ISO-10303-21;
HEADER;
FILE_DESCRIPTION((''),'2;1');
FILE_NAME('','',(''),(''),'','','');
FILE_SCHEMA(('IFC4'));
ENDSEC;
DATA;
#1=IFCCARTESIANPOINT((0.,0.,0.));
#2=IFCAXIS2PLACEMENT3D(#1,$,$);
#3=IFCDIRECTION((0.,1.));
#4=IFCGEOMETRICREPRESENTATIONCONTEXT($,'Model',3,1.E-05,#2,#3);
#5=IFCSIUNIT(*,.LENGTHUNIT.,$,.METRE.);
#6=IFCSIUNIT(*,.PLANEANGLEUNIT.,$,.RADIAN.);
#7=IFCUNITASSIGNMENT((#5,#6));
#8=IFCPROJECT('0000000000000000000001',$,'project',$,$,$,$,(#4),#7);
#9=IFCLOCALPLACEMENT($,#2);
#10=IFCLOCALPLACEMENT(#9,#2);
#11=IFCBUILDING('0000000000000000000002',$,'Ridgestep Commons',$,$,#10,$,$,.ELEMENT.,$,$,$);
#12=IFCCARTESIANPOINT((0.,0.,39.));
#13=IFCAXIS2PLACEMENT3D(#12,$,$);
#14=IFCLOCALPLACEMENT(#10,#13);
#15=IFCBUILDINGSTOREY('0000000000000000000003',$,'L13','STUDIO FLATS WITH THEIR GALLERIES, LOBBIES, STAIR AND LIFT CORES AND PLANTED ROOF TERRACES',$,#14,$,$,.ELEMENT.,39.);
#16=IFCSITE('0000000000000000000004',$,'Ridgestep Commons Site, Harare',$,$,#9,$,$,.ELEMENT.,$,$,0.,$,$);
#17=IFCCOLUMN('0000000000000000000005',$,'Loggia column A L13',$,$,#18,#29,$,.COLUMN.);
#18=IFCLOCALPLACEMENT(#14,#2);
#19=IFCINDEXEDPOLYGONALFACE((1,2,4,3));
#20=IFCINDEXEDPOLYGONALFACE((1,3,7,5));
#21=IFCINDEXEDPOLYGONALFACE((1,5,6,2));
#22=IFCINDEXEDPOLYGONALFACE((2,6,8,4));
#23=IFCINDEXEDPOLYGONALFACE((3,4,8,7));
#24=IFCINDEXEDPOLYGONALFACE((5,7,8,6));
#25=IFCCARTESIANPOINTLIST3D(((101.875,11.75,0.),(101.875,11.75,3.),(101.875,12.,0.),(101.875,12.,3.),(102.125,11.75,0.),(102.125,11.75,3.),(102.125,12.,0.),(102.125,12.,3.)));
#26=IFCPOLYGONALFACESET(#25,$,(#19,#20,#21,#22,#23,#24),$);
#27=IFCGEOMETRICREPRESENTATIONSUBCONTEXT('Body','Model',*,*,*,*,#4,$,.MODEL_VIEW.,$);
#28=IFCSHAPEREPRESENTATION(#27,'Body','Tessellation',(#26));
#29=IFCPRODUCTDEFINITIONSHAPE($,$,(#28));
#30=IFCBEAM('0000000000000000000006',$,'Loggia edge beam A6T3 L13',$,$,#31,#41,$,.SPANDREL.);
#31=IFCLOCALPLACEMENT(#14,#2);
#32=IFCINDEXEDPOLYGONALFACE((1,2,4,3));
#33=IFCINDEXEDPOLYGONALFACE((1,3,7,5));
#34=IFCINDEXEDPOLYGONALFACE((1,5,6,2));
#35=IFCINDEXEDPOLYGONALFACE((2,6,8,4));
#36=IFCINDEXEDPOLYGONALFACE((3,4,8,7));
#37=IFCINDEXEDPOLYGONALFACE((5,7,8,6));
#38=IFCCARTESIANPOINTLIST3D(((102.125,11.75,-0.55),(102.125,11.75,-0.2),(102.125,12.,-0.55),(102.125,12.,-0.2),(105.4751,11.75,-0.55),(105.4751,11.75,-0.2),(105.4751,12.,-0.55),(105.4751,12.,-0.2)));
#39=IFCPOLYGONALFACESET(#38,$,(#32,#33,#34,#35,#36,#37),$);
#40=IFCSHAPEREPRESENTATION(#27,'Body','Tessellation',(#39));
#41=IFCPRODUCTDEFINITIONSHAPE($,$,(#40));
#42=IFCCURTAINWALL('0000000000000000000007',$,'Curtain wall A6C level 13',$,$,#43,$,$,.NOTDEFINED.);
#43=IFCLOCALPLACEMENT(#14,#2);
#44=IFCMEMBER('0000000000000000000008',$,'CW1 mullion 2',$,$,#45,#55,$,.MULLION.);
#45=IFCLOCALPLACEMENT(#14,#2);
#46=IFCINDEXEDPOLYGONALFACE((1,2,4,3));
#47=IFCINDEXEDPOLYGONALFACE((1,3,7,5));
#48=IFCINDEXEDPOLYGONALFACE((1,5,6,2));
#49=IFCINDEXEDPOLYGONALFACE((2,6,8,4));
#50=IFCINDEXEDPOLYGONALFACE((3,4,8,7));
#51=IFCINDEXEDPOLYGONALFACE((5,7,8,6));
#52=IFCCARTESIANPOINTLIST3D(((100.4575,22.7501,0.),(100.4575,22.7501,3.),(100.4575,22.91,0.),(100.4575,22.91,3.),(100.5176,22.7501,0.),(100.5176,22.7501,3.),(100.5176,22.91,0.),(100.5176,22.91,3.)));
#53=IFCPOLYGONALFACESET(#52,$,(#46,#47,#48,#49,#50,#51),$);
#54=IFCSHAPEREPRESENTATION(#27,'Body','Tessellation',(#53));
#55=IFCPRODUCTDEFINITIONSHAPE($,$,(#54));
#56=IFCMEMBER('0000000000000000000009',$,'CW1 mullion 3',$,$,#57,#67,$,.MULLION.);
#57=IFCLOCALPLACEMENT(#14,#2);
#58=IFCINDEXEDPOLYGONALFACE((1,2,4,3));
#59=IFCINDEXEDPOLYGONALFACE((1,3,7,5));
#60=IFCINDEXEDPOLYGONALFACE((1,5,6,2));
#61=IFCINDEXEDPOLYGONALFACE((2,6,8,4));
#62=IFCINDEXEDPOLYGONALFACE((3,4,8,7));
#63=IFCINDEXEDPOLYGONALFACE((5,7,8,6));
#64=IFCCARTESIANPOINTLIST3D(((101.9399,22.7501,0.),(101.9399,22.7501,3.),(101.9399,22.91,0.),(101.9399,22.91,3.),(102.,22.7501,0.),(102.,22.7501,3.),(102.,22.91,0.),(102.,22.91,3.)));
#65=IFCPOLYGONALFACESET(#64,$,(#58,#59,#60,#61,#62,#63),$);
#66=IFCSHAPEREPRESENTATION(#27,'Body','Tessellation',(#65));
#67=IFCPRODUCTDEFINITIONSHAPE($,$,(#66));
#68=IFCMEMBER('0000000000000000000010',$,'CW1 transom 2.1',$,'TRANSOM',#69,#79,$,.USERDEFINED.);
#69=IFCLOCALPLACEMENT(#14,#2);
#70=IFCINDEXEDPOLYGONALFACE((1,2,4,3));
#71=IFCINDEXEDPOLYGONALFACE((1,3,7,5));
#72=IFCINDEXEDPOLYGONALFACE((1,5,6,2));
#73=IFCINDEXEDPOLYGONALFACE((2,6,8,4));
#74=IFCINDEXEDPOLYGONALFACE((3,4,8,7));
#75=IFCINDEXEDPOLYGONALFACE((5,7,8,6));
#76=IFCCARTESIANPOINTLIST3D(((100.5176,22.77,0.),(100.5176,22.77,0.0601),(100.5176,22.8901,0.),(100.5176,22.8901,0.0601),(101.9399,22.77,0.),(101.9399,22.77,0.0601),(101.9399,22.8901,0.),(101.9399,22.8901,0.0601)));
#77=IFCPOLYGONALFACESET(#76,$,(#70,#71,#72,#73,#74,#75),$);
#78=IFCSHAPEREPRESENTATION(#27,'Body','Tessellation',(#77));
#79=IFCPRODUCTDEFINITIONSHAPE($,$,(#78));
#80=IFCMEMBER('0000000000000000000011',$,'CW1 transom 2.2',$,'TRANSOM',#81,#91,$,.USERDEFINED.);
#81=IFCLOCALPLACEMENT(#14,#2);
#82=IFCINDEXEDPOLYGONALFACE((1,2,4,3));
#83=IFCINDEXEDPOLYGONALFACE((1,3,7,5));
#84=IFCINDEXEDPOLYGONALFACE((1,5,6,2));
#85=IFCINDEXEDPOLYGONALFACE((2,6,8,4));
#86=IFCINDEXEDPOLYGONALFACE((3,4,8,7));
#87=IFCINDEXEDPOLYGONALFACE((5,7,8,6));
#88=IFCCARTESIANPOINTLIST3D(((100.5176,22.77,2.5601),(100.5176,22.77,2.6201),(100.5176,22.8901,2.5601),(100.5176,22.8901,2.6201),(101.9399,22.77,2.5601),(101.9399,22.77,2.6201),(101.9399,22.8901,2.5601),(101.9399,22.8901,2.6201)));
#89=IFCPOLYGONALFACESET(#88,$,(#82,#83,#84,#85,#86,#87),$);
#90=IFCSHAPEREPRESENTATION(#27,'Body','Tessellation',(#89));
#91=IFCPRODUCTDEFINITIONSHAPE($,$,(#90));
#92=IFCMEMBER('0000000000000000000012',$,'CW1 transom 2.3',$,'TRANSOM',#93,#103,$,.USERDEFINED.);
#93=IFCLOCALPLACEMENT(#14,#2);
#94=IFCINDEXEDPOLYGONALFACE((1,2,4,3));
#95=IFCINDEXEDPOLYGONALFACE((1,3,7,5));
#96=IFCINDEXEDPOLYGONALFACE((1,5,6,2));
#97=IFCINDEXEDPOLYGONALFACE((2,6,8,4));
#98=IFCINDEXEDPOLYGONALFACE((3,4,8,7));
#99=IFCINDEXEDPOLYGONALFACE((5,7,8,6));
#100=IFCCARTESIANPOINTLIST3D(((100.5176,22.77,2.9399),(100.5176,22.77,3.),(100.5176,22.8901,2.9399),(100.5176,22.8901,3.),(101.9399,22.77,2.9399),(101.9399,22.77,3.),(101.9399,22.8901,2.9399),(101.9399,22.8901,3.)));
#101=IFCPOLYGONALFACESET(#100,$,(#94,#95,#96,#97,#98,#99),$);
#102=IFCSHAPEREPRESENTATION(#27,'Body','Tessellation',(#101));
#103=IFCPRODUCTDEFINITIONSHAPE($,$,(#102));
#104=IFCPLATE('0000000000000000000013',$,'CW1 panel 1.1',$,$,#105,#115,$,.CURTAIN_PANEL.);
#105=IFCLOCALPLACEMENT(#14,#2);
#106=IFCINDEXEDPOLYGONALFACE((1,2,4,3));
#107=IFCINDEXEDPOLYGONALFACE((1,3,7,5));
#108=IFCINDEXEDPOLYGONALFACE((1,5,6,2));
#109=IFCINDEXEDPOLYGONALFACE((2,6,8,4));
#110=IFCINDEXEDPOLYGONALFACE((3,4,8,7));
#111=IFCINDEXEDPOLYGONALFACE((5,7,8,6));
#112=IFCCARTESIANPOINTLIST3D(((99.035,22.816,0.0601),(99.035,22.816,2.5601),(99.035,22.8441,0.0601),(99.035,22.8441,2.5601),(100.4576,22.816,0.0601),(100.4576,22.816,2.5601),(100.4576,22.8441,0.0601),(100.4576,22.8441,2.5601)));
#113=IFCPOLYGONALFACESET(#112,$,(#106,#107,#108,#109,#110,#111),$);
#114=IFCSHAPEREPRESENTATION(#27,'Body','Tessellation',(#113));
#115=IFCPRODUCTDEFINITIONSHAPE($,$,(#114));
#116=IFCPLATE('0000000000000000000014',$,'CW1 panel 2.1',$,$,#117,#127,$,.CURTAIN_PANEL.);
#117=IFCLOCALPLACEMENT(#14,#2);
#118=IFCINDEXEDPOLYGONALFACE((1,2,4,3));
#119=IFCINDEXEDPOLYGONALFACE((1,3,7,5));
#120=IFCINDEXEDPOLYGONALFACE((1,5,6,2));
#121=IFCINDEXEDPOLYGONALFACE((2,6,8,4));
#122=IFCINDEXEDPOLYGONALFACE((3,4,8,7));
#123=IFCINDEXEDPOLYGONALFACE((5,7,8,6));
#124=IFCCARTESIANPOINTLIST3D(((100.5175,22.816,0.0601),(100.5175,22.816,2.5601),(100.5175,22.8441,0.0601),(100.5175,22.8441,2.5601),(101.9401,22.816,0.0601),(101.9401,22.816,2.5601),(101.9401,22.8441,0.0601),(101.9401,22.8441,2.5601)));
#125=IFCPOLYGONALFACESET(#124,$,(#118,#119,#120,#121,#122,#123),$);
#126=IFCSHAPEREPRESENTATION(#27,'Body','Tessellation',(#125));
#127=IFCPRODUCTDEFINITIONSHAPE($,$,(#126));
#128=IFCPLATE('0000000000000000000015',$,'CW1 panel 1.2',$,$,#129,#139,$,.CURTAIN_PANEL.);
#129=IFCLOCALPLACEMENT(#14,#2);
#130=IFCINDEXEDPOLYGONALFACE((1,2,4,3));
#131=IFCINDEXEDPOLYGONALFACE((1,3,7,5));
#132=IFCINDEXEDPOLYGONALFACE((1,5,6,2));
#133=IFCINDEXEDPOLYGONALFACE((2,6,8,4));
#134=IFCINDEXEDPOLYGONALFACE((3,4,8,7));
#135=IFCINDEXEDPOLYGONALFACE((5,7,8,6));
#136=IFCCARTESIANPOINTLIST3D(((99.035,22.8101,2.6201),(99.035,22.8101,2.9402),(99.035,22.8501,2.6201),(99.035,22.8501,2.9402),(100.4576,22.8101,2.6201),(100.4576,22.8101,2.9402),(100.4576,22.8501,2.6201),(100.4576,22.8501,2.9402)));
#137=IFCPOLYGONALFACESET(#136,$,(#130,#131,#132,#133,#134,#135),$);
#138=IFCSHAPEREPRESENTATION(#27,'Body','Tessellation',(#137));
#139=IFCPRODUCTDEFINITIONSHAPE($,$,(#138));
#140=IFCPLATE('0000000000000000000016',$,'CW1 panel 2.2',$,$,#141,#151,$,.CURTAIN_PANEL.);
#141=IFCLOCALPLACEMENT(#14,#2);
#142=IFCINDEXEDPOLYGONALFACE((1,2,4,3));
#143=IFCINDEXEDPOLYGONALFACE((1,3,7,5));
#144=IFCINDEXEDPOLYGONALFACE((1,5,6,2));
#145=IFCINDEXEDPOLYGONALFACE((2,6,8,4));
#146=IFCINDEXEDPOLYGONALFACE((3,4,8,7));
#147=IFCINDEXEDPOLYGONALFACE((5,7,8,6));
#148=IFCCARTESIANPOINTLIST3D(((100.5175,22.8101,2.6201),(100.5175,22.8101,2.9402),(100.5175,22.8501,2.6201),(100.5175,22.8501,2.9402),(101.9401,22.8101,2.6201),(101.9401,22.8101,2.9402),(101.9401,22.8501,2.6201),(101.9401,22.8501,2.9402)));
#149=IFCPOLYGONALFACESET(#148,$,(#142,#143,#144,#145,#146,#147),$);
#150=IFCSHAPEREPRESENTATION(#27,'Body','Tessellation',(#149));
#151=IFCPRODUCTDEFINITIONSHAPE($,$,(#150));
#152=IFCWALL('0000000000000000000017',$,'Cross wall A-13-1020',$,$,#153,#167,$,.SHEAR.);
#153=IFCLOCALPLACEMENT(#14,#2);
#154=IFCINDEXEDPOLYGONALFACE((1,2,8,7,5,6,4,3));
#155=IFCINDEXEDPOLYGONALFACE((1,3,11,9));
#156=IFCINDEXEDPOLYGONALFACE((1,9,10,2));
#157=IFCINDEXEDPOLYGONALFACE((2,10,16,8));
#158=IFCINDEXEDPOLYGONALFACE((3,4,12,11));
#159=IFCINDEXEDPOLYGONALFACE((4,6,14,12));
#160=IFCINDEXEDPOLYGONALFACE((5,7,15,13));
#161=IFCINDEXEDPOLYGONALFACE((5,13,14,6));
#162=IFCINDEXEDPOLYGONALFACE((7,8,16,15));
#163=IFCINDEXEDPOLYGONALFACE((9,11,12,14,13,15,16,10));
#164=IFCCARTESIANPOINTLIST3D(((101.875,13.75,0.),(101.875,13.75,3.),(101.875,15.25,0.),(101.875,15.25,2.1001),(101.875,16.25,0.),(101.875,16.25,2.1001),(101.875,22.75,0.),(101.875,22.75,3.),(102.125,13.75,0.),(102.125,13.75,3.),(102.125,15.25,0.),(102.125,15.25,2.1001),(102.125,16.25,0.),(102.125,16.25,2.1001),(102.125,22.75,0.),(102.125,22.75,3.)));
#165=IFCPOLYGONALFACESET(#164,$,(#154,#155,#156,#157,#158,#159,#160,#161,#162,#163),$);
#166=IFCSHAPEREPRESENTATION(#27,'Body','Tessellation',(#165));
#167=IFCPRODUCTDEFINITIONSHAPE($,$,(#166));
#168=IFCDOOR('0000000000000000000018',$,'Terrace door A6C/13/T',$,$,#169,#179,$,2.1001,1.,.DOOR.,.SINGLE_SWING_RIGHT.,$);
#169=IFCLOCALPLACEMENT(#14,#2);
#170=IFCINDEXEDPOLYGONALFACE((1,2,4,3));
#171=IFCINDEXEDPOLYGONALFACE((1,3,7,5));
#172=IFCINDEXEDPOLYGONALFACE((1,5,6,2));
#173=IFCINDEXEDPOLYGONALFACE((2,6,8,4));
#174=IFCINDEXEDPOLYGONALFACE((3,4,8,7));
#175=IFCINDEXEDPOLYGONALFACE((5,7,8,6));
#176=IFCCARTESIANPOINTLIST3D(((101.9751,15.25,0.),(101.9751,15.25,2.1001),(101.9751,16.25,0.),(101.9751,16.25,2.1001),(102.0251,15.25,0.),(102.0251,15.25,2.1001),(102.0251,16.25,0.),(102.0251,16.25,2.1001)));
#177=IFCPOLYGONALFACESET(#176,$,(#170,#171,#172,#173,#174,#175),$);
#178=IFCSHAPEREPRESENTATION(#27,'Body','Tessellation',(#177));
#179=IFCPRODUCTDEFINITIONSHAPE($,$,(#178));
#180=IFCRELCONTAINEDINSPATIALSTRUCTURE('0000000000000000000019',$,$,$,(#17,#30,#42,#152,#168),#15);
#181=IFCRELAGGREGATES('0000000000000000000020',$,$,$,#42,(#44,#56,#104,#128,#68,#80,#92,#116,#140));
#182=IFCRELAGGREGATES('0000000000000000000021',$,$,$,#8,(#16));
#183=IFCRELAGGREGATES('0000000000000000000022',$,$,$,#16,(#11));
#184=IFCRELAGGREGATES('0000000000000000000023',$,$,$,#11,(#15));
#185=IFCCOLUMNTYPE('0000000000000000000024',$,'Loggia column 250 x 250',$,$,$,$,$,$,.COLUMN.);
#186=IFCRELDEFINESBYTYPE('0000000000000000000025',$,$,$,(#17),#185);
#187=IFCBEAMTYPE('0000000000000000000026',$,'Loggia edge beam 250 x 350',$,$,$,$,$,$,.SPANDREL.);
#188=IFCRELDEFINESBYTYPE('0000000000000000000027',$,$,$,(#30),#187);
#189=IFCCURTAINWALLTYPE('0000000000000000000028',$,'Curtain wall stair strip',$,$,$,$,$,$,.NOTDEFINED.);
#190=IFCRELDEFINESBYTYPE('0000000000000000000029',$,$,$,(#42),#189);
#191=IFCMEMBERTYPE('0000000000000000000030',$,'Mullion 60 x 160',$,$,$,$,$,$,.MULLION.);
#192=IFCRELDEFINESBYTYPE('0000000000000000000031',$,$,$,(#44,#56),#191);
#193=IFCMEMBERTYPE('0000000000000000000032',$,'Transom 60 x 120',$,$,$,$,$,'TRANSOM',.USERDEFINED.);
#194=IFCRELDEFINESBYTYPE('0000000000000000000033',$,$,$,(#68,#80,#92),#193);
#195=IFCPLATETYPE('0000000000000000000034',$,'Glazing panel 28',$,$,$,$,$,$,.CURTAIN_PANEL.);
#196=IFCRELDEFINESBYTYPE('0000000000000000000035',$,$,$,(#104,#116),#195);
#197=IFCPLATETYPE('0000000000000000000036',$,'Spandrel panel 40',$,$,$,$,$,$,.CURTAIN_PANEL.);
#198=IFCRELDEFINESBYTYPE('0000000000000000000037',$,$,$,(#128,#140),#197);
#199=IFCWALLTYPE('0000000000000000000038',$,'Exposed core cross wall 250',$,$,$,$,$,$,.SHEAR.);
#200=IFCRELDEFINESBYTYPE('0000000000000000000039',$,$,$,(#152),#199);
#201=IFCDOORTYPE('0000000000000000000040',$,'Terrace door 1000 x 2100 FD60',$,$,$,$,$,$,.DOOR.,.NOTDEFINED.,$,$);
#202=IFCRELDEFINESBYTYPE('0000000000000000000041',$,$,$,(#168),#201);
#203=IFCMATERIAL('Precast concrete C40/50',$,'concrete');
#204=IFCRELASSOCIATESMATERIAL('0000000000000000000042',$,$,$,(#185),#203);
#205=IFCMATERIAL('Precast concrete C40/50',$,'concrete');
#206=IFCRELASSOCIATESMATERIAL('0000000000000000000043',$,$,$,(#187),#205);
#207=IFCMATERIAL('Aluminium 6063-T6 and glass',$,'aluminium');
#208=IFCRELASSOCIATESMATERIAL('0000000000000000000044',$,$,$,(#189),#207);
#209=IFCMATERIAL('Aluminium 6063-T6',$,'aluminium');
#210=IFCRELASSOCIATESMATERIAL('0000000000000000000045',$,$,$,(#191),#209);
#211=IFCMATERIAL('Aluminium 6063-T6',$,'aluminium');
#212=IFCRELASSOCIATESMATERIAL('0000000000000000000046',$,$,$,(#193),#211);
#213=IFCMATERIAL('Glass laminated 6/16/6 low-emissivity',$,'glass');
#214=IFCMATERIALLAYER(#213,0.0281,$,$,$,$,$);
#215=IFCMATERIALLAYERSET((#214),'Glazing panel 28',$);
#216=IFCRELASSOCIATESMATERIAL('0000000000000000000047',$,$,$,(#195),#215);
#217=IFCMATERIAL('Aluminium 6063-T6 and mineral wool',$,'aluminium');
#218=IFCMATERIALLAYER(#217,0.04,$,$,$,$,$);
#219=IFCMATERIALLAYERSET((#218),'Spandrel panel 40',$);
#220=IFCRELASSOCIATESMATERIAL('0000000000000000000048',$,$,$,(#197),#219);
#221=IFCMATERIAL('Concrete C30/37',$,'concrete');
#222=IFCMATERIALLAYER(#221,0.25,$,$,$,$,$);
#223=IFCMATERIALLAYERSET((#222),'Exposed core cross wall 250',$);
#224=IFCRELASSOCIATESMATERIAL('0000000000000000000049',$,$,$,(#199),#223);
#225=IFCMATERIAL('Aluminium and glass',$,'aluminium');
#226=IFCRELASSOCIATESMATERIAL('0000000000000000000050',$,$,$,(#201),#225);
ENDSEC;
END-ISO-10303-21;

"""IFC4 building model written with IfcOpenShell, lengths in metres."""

from ifc_helpers import new_model, si_unit, direction, frame, frame_2d, origin, origin_2d, place, context, subcontext, project, spatial, rectangle, extrude, material, layer, layer_set, material_profile, profile_set, type_object, element, fill, aggregate, save


model = new_model("IFC4")

# Units and contexts
model_context = context("Model", 3, precision=1e-05, world=origin(), true_north=direction((0.0, 1.0)))
body_context = subcontext(model_context, "Body", "Model", "MODEL_VIEW")
ifc_project = project(units=[si_unit("LENGTHUNIT", "METRE"), si_unit("PLANEANGLEUNIT", "RADIAN")], contexts=[model_context])

# Site, building, storey
site_placement = place(None, origin())
site = spatial("IfcSite", under=ifc_project, at=site_placement, Name="Ridgestep Commons Site, Harare", CompositionType="ELEMENT", RefElevation=0.0)
building_placement = place(site_placement, origin())
building = spatial("IfcBuilding", under=site, at=building_placement, Name="Ridgestep Commons", CompositionType="ELEMENT")
storey_placement = place(building_placement, frame((0.0, 0.0, 39.0)))
storey = spatial("IfcBuildingStorey", under=building, at=storey_placement, Name="L13", Description="STUDIO FLATS WITH THEIR GALLERIES, LOBBIES, STAIR AND LIFT CORES AND PLANTED ROOF TERRACES", CompositionType="ELEMENT", Elevation=39.0)

# Column
ifc_material_1 = material(Name="Precast concrete C40/50", Category="concrete")
ifc_material_profile_1 = material_profile(ifc_material_1, rectangle(XDim=0.25, YDim=0.25, at=origin_2d()), Name="PC 250x250")
ifc_profile_set_1 = profile_set([ifc_material_profile_1], Name="Precast concrete C40/50")
column_type = type_object("IfcColumnType", Name="Loggia column 250 x 250", PredefinedType="COLUMN", material=ifc_profile_set_1)
column_placement = place(storey_placement, frame((102.0, 11.875, 0.0), z_axis=(0.0, 0.0, 1.0), x_axis=(1.0, 0.0, 0.0)))
element("IfcColumn", 1, at=column_placement, inside=storey, type_object=column_type, Name="Loggia column A L13", PredefinedType="COLUMN", context=body_context, shape_type="SweptSolid", body=[
    extrude(rectangle(XDim=0.25, YDim=0.25, at=origin_2d()), origin(), (0.0, 0.0, 1.0), 3.0),
])

# Beam
ifc_material_2 = material(Name="Precast concrete C40/50", Category="concrete")
ifc_material_profile_2 = material_profile(ifc_material_2, rectangle(XDim=0.25, YDim=0.3501, at=origin_2d()), Name="PC 250x350")
ifc_profile_set_2 = profile_set([ifc_material_profile_2], Name="Precast concrete C40/50")
beam_type = type_object("IfcBeamType", Name="Loggia edge beam 250 x 350", PredefinedType="SPANDREL", material=ifc_profile_set_2)
beam_placement = place(storey_placement, frame((102.125, 11.875, -0.375), z_axis=(1.0, 0.0, 0.0), x_axis=(0.0, 1.0, 0.0)))
element("IfcBeam", 2, at=beam_placement, inside=storey, type_object=beam_type, Name="Loggia edge beam A6T3 L13", PredefinedType="SPANDREL", context=body_context, shape_type="SweptSolid", body=[
    extrude(rectangle(XDim=0.25, YDim=0.3501, at=origin_2d()), origin(), (0.0, 0.0, 1.0), 3.3501),
])

# Curtain wall, members, plates
ifc_material_3 = material(Name="Aluminium 6063-T6 and glass", Category="aluminium")
curtain_wall_type = type_object("IfcCurtainWallType", Name="Curtain wall stair strip", PredefinedType="NOTDEFINED", material=ifc_material_3)
curtain_wall_placement = place(storey_placement, origin())
curtain_wall = element("IfcCurtainWall", 3, at=curtain_wall_placement, inside=storey, type_object=curtain_wall_type, Name="Curtain wall A6C level 13", PredefinedType="NOTDEFINED")
ifc_material_4 = material(Name="Aluminium 6063-T6", Category="aluminium")
ifc_material_profile_3 = material_profile(ifc_material_4, rectangle(XDim=0.1599, YDim=0.0601, at=origin_2d()), Name="Mullion 60 x 160")
ifc_profile_set_3 = profile_set([ifc_material_profile_3], Name="Aluminium 6063-T6")
member_type_1 = type_object("IfcMemberType", Name="Mullion 60 x 160", PredefinedType="MULLION", material=ifc_profile_set_3)
member_1_placement = place(storey_placement, frame((100.4875, 22.8301, 0.0), z_axis=(0.0, 0.0, 1.0), x_axis=(0.0, 1.0, 0.0)))
member_1 = element("IfcMember", 4, at=member_1_placement, type_object=member_type_1, Name="CW1 mullion 2", PredefinedType="MULLION", context=body_context, shape_type="SweptSolid", body=[
    extrude(rectangle(XDim=0.1599, YDim=0.0601, at=origin_2d()), origin(), (0.0, 0.0, 1.0), 3.0),
])
member_2_placement = place(storey_placement, frame((101.97, 22.8301, 0.0), z_axis=(0.0, 0.0, 1.0), x_axis=(0.0, 1.0, 0.0)))
member_2 = element("IfcMember", 5, at=member_2_placement, type_object=member_type_1, Name="CW1 mullion 3", PredefinedType="MULLION", context=body_context, shape_type="SweptSolid", body=[
    extrude(rectangle(XDim=0.1599, YDim=0.0601, at=origin_2d()), origin(), (0.0, 0.0, 1.0), 3.0),
])
ifc_material_5 = material(Name="Aluminium 6063-T6", Category="aluminium")
ifc_material_profile_4 = material_profile(ifc_material_5, rectangle(XDim=0.1201, YDim=0.0601, at=origin_2d()), Name="Transom 60 x 120")
ifc_profile_set_4 = profile_set([ifc_material_profile_4], Name="Aluminium 6063-T6")
member_type_2 = type_object("IfcMemberType", Name="Transom 60 x 120", ElementType="TRANSOM", PredefinedType="USERDEFINED", material=ifc_profile_set_4)
member_3_placement = place(storey_placement, frame((100.5176, 22.8301, 0.03), z_axis=(1.0, 0.0, 0.0), x_axis=(0.0, 1.0, 0.0)))
member_3 = element("IfcMember", 6, at=member_3_placement, type_object=member_type_2, Name="CW1 transom 2.1", ObjectType="TRANSOM", PredefinedType="USERDEFINED", context=body_context, shape_type="SweptSolid", body=[
    extrude(rectangle(XDim=0.1201, YDim=0.0601, at=origin_2d()), origin(), (0.0, 0.0, 1.0), 1.4224),
])
member_4_placement = place(storey_placement, frame((100.5176, 22.8301, 2.5901), z_axis=(1.0, 0.0, 0.0), x_axis=(0.0, 1.0, 0.0)))
member_4 = element("IfcMember", 7, at=member_4_placement, type_object=member_type_2, Name="CW1 transom 2.2", ObjectType="TRANSOM", PredefinedType="USERDEFINED", context=body_context, shape_type="SweptSolid", body=[
    extrude(rectangle(XDim=0.1201, YDim=0.0601, at=origin_2d()), origin(), (0.0, 0.0, 1.0), 1.4224),
])
member_5_placement = place(storey_placement, frame((100.5176, 22.8301, 2.97), z_axis=(1.0, 0.0, 0.0), x_axis=(0.0, 1.0, 0.0)))
member_5 = element("IfcMember", 8, at=member_5_placement, type_object=member_type_2, Name="CW1 transom 2.3", ObjectType="TRANSOM", PredefinedType="USERDEFINED", context=body_context, shape_type="SweptSolid", body=[
    extrude(rectangle(XDim=0.1201, YDim=0.0601, at=origin_2d()), origin(), (0.0, 0.0, 1.0), 1.4224),
])
ifc_material_6 = material(Name="Glass laminated 6/16/6 low-emissivity", Category="glass")
ifc_layer_1 = layer(ifc_material_6, 0.0281)
ifc_layer_set_1 = layer_set([ifc_layer_1], Name="Glazing panel 28")
plate_type_1 = type_object("IfcPlateType", Name="Glazing panel 28", PredefinedType="CURTAIN_PANEL", material=ifc_layer_set_1)
plate_1_placement = place(storey_placement, frame((99.7463, 22.8301, 0.0601), z_axis=(0.0, 0.0, 1.0), x_axis=(1.0, 0.0, 0.0)))
plate_1 = element("IfcPlate", 9, at=plate_1_placement, type_object=plate_type_1, Name="CW1 panel 1.1", PredefinedType="CURTAIN_PANEL", context=body_context, shape_type="SweptSolid", body=[
    extrude(rectangle(XDim=1.4226, YDim=0.0281, at=origin_2d()), origin(), (0.0, 0.0, 1.0), 2.5),
])
plate_2_placement = place(storey_placement, frame((101.2288, 22.8301, 0.0601), z_axis=(0.0, 0.0, 1.0), x_axis=(1.0, 0.0, 0.0)))
plate_2 = element("IfcPlate", 10, at=plate_2_placement, type_object=plate_type_1, Name="CW1 panel 2.1", PredefinedType="CURTAIN_PANEL", context=body_context, shape_type="SweptSolid", body=[
    extrude(rectangle(XDim=1.4226, YDim=0.0281, at=origin_2d()), origin(), (0.0, 0.0, 1.0), 2.5),
])
ifc_material_7 = material(Name="Aluminium 6063-T6 and mineral wool", Category="aluminium")
ifc_layer_2 = layer(ifc_material_7, 0.04)
ifc_layer_set_2 = layer_set([ifc_layer_2], Name="Spandrel panel 40")
plate_type_2 = type_object("IfcPlateType", Name="Spandrel panel 40", PredefinedType="CURTAIN_PANEL", material=ifc_layer_set_2)
plate_3_placement = place(storey_placement, frame((99.7463, 22.8301, 2.6201), z_axis=(0.0, 0.0, 1.0), x_axis=(1.0, 0.0, 0.0)))
plate_3 = element("IfcPlate", 11, at=plate_3_placement, type_object=plate_type_2, Name="CW1 panel 1.2", PredefinedType="CURTAIN_PANEL", context=body_context, shape_type="SweptSolid", body=[
    extrude(rectangle(XDim=1.4226, YDim=0.04, at=origin_2d()), origin(), (0.0, 0.0, 1.0), 0.3201),
])
plate_4_placement = place(storey_placement, frame((101.2288, 22.8301, 2.6201), z_axis=(0.0, 0.0, 1.0), x_axis=(1.0, 0.0, 0.0)))
plate_4 = element("IfcPlate", 12, at=plate_4_placement, type_object=plate_type_2, Name="CW1 panel 2.2", PredefinedType="CURTAIN_PANEL", context=body_context, shape_type="SweptSolid", body=[
    extrude(rectangle(XDim=1.4226, YDim=0.04, at=origin_2d()), origin(), (0.0, 0.0, 1.0), 0.3201),
])
aggregate(curtain_wall, [member_1, member_2, plate_1, plate_3, member_3, member_4, member_5, plate_2, plate_4])

# Wall, opening, door
ifc_material_8 = material(Name="Concrete C30/37", Category="concrete")
ifc_layer_3 = layer(ifc_material_8, 0.25)
ifc_layer_set_3 = layer_set([ifc_layer_3], Name="Exposed core cross wall 250")
wall_type_1 = type_object("IfcWallType", Name="Exposed core cross wall 250", PredefinedType="SHEAR", material=ifc_layer_set_3)
wall_1_placement = place(storey_placement, frame((102.0, 13.75, 0.0), z_axis=(0.0, 0.0, 1.0), x_axis=(0.0, 1.0, 0.0)))
wall_1 = element("IfcWall", 13, at=wall_1_placement, inside=storey, type_object=wall_type_1, Name="Cross wall A-13-1020", PredefinedType="SHEAR", context=body_context, shape_type="SweptSolid", body=[
    extrude(rectangle(XDim=9.0, YDim=0.25, at=frame_2d((4.5, 0.0))), origin(), (0.0, 0.0, 1.0), 3.0),
])
opening_placement = place(wall_1_placement, frame((1.5, 0.0, 0.0)))
opening = element("IfcOpeningElement", 14, at=opening_placement, cuts=wall_1, PredefinedType="OPENING", context=body_context, shape_type="SweptSolid", body=[
    extrude(rectangle(XDim=1.0, YDim=2.1001, at=frame_2d((0.5, 1.05))), frame((0.0, 0.135, 0.0), z_axis=(0.0, -1.0, 0.0), x_axis=(1.0, 0.0, 0.0)), (0.0, 0.0, 1.0), 0.27),
])
ifc_material_9 = material(Name="Aluminium and glass", Category="aluminium")
door_type = type_object("IfcDoorType", Name="Terrace door 1000 x 2100 FD60", OperationType="NOTDEFINED", PredefinedType="DOOR", material=ifc_material_9)
door_placement = place(opening_placement, origin())
door = element("IfcDoor", 15, at=door_placement, inside=storey, type_object=door_type, Name="Terrace door A6C/13/T", OperationType="SINGLE_SWING_RIGHT", OverallHeight=2.1001, OverallWidth=1.0, PredefinedType="DOOR", context=body_context, shape_type="SweptSolid", body=[
    extrude(rectangle(XDim=1.0, YDim=2.1001, at=frame_2d((0.5, 1.05))), frame((0.0, 0.0249, 0.0), z_axis=(0.0, -1.0, 0.0), x_axis=(1.0, 0.0, 0.0)), (0.0, 0.0, 1.0), 0.05),
])
fill(opening, door)

save(model, "model.ifc")
